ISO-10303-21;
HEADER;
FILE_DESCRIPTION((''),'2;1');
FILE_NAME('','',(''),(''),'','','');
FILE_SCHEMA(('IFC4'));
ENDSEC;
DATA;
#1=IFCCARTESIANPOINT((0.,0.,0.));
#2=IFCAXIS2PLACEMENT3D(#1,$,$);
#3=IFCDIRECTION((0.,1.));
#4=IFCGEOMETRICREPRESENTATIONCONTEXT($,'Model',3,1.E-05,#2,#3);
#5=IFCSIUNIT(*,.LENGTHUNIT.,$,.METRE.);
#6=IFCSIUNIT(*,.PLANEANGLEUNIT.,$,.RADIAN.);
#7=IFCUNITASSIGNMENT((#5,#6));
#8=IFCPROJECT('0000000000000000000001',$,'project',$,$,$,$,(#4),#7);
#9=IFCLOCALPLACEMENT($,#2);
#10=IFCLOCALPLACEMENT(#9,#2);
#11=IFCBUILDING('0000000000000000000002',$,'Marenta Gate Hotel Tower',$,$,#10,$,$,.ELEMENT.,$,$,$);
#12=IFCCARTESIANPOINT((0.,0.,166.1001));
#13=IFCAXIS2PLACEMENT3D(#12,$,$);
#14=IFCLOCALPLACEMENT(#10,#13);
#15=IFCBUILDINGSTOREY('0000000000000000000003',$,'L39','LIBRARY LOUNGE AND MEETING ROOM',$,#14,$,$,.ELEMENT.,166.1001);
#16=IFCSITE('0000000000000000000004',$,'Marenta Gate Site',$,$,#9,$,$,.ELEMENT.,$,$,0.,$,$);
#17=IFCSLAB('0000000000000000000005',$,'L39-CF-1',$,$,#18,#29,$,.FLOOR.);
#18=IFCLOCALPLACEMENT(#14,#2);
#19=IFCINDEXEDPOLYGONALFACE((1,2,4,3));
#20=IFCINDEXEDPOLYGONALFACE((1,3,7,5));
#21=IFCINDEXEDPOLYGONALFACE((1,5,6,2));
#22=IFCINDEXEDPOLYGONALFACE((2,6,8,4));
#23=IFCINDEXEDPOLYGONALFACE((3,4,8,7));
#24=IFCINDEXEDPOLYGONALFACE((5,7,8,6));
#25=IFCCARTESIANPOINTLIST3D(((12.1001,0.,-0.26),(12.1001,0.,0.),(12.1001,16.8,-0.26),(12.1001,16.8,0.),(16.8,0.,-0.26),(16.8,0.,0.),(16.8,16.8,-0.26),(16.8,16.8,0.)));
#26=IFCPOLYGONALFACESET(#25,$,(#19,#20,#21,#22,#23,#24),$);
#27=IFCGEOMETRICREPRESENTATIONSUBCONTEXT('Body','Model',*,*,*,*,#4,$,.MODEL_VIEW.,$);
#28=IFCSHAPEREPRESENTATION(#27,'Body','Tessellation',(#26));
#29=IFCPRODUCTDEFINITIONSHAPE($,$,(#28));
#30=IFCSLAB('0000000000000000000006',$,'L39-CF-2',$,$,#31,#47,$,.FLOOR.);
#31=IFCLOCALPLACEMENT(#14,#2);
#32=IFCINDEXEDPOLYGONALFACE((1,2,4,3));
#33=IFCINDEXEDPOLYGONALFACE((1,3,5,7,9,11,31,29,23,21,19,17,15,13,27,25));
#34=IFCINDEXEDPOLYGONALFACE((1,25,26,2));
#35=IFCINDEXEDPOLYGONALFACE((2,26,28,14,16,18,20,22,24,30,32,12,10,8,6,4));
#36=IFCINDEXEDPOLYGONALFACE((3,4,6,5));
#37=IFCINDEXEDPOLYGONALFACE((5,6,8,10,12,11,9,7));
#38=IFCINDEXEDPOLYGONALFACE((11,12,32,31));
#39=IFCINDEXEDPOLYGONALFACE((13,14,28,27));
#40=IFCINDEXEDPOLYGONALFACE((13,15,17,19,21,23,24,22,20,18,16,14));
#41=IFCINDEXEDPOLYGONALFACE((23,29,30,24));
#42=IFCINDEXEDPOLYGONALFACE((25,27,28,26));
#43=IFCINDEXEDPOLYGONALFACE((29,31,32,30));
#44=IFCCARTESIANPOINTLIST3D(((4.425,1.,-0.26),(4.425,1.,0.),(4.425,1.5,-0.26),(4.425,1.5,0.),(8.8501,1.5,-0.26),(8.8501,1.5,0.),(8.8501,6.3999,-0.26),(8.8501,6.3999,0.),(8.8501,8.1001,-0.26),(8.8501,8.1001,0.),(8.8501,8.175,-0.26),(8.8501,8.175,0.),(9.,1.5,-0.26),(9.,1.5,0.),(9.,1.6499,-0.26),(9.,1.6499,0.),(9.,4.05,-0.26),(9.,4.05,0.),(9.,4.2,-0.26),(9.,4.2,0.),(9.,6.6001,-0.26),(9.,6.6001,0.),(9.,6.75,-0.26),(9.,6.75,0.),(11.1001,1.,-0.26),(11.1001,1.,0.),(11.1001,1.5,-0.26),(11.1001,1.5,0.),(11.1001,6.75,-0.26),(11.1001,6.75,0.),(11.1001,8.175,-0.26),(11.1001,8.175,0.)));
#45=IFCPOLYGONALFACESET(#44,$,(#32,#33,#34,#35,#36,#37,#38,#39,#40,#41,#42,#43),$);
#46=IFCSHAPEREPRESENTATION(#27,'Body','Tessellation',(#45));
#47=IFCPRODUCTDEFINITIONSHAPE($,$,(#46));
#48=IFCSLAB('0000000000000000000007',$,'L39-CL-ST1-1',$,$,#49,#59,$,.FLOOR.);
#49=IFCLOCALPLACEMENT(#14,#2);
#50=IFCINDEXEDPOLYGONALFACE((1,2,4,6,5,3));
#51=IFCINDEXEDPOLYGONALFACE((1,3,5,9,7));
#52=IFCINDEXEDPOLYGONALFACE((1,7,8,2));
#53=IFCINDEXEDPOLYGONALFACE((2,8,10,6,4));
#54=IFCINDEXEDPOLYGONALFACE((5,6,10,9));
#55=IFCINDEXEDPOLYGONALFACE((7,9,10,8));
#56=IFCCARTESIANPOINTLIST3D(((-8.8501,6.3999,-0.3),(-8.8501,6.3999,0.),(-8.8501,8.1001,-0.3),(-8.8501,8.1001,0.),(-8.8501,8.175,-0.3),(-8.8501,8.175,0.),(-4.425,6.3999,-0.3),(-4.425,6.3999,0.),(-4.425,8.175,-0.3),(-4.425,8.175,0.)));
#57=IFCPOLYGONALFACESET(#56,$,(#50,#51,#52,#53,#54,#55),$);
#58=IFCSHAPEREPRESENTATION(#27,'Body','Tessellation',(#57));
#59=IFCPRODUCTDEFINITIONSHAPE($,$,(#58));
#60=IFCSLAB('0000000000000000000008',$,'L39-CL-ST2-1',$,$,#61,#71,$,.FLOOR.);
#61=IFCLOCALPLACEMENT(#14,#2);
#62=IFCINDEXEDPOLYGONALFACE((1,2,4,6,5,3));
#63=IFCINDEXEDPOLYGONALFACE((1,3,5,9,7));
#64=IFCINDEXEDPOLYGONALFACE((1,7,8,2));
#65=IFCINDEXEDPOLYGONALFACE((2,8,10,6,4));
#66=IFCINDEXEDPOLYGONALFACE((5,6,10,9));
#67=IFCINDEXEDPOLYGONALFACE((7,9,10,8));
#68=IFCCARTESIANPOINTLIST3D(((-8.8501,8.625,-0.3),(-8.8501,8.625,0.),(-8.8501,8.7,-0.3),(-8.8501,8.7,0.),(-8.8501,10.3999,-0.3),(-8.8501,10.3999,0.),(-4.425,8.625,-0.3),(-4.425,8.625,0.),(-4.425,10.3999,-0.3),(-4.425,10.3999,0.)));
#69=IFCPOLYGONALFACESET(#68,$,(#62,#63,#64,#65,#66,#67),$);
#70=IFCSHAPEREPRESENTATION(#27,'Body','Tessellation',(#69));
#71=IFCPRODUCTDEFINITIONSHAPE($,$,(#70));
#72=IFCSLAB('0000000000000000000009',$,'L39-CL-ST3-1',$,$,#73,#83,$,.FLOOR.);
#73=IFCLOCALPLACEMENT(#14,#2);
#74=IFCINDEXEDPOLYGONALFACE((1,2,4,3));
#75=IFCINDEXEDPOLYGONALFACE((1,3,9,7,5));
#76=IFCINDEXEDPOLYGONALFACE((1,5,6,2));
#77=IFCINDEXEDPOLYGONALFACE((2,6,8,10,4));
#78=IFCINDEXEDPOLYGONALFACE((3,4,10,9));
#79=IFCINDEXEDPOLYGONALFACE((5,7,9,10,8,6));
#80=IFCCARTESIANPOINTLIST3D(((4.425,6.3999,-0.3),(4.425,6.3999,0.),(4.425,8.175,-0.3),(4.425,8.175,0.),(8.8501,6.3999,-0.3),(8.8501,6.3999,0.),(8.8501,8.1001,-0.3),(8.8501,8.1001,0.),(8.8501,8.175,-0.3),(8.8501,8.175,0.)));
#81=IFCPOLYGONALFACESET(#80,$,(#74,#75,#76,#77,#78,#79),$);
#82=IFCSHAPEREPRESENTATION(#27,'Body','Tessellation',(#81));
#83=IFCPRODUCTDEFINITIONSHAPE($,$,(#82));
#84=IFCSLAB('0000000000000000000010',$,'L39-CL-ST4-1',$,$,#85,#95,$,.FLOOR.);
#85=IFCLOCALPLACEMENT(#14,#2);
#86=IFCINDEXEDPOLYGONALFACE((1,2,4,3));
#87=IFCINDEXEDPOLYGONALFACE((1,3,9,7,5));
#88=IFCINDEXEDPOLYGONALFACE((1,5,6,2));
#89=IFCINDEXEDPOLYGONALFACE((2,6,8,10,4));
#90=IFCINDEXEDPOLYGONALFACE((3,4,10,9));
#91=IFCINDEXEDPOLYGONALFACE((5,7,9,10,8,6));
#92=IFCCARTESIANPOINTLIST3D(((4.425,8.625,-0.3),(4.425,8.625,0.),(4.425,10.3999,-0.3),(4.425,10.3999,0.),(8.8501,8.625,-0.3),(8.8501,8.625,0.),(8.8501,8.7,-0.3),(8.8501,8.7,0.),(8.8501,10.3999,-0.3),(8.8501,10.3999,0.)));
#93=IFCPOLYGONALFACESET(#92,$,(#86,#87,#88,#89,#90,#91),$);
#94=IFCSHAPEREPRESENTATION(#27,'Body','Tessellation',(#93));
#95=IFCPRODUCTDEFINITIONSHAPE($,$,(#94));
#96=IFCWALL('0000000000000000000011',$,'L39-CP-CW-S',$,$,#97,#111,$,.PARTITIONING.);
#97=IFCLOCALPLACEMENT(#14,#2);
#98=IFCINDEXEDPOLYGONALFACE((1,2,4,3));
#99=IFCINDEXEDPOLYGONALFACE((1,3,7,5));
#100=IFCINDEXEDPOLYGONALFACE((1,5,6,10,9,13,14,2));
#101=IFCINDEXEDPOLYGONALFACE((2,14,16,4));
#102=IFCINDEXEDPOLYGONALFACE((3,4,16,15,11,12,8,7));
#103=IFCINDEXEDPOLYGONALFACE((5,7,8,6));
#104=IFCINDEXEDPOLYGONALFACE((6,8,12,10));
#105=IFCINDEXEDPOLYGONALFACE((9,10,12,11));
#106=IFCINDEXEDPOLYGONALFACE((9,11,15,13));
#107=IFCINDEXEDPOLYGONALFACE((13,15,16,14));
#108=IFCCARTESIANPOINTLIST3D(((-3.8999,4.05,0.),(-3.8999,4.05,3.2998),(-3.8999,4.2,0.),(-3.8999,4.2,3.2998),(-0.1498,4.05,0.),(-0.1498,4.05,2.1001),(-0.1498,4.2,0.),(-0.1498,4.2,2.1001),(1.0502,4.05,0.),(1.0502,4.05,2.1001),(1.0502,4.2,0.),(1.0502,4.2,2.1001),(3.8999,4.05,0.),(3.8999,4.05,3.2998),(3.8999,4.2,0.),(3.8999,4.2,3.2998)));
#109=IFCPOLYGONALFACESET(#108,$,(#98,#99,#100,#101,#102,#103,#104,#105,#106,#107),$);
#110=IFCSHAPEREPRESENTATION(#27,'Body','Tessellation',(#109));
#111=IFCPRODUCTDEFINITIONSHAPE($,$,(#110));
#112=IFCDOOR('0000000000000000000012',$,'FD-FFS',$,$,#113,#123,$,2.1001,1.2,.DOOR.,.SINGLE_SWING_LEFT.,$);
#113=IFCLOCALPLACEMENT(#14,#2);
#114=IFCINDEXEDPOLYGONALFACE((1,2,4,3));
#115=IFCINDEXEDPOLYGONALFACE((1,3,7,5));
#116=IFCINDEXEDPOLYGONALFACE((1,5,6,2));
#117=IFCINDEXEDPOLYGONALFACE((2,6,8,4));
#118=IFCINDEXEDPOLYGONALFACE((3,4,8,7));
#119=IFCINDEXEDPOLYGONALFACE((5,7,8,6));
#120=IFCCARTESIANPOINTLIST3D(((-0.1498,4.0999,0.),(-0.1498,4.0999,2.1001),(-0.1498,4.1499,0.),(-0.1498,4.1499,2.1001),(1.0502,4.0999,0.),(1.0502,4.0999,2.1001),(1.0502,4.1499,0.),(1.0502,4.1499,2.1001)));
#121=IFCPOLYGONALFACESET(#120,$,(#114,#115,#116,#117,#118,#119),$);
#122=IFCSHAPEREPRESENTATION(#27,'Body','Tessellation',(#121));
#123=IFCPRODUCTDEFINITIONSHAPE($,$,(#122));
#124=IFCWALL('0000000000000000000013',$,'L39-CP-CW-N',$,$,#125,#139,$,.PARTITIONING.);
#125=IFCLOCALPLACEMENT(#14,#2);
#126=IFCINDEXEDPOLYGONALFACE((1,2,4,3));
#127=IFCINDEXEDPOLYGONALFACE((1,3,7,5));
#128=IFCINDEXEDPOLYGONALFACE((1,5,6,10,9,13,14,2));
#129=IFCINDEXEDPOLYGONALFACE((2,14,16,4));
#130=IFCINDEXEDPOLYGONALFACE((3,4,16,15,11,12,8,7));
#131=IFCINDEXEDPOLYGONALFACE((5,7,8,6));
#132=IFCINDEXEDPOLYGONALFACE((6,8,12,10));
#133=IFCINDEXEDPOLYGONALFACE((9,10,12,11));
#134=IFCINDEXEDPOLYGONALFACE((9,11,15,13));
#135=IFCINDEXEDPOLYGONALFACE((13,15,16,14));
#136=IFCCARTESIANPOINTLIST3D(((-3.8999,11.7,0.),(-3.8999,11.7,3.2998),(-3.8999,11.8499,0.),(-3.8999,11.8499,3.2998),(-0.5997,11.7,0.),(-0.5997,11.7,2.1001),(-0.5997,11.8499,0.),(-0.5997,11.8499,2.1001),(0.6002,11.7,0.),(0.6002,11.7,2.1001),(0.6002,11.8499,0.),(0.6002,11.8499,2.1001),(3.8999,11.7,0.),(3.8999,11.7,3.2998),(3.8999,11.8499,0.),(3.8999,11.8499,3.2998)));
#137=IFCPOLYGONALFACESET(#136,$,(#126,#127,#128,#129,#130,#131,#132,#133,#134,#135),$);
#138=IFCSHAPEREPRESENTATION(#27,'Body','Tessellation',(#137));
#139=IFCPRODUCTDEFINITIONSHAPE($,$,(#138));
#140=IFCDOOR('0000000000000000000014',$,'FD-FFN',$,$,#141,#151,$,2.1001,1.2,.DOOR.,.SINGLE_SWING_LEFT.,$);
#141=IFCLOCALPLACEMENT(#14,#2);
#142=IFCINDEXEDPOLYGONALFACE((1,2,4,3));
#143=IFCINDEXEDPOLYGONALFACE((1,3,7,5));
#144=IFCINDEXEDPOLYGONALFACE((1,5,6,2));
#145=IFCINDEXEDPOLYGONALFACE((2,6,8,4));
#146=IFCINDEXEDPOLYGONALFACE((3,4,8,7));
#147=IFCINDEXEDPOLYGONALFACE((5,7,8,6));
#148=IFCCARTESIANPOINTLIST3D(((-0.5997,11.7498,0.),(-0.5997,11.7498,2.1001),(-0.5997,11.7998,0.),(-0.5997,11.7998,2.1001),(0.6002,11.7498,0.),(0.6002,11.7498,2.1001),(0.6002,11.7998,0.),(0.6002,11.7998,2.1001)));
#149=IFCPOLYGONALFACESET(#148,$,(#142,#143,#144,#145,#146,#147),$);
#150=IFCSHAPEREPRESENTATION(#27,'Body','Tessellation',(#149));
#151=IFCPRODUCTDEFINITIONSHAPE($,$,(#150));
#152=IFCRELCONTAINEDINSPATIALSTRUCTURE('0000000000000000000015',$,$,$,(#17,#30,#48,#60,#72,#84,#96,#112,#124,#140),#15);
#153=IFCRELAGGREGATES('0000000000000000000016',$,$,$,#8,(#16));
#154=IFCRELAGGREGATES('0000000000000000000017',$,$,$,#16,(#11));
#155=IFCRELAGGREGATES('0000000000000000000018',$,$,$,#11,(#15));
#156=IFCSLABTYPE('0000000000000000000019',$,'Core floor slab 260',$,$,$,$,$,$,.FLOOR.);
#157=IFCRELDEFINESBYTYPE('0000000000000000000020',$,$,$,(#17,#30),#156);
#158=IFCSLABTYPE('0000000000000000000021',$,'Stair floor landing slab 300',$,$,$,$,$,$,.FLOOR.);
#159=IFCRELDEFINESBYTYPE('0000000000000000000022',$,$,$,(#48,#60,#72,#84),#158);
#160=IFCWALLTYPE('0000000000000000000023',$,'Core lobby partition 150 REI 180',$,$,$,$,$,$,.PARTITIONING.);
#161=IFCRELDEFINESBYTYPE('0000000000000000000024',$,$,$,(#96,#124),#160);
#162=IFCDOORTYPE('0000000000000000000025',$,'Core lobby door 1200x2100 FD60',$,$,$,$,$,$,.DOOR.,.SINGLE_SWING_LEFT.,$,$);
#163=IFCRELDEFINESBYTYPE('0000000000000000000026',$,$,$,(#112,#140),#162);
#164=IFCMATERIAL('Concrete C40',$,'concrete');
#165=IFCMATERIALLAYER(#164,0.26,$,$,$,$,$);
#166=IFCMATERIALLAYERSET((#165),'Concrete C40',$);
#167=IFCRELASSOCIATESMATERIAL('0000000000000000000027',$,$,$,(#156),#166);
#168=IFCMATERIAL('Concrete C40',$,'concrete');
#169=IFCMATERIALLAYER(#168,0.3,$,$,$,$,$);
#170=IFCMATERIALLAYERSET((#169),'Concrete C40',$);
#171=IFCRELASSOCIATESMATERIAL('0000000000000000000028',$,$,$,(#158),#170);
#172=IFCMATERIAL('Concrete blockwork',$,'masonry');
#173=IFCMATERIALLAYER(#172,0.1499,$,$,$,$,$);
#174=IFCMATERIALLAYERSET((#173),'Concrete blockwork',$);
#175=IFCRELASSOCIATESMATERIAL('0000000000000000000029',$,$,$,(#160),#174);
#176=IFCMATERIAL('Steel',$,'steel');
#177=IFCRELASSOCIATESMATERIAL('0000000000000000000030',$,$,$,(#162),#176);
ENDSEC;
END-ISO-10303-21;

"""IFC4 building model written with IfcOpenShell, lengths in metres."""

from ifc_helpers import new_model, si_unit, direction, frame, frame_2d, origin, place, context, subcontext, project, spatial, polyline, rectangle, outline, extrude, material, layer, layer_set, type_object, element, fill, save


model = new_model("IFC4")

# Units and contexts
model_context = context("Model", 3, precision=1e-05, world=origin(), true_north=direction((0.0, 1.0)))
body_context = subcontext(model_context, "Body", "Model", "MODEL_VIEW")
ifc_project = project(units=[si_unit("LENGTHUNIT", "METRE"), si_unit("PLANEANGLEUNIT", "RADIAN")], contexts=[model_context])

# Site, building, storey
site_placement = place(None, origin())
site = spatial("IfcSite", under=ifc_project, at=site_placement, Name="Marenta Gate Site", CompositionType="ELEMENT", RefElevation=0.0)
building_placement = place(site_placement, origin())
building = spatial("IfcBuilding", under=site, at=building_placement, Name="Marenta Gate Hotel Tower", CompositionType="ELEMENT")
storey_placement = place(building_placement, frame((0.0, 0.0, 166.1001)))
storey = spatial("IfcBuildingStorey", under=building, at=storey_placement, Name="L39", Description="LIBRARY LOUNGE AND MEETING ROOM", CompositionType="ELEMENT", Elevation=166.1001)

# Slabs
ifc_material_1 = material(Name="Concrete C40", Category="concrete")
ifc_layer_1 = layer(ifc_material_1, 0.26)
ifc_layer_set_1 = layer_set([ifc_layer_1], Name="Concrete C40")
slab_type_1 = type_object("IfcSlabType", Name="Core floor slab 260", PredefinedType="FLOOR", material=ifc_layer_set_1)
slab_1_placement = place(storey_placement, frame((0.0, 0.0, -0.26)))
element("IfcSlab", 1, at=slab_1_placement, inside=storey, type_object=slab_type_1, Name="L39-CF-1", PredefinedType="FLOOR", context=body_context, shape_type="SweptSolid", body=[
    extrude(outline(polyline([(12.1001, 0.0), (12.1001, 16.8), (16.8, 16.8), (16.8, 0.0), (12.1001, 0.0)])), origin(), (0.0, 0.0, 1.0), 0.26),
])
slab_2_placement = place(storey_placement, frame((0.0, 0.0, -0.26)))
element("IfcSlab", 2, at=slab_2_placement, inside=storey, type_object=slab_type_1, Name="L39-CF-2", PredefinedType="FLOOR", context=body_context, shape_type="SweptSolid", body=[
    extrude(outline(polyline([(8.8501, 1.5), (8.8501, 6.3999), (8.8501, 8.1001), (8.8501, 8.175), (11.1001, 8.175), (11.1001, 6.75), (9.0, 6.75), (9.0, 6.6001), (9.0, 4.2), (9.0, 4.05), (9.0, 1.6499), (9.0, 1.5), (11.1001, 1.5), (11.1001, 1.0), (4.425, 1.0), (4.425, 1.5), (8.8501, 1.5)])), origin(), (0.0, 0.0, 1.0), 0.26),
])
ifc_material_2 = material(Name="Concrete C40", Category="concrete")
ifc_layer_2 = layer(ifc_material_2, 0.3)
ifc_layer_set_2 = layer_set([ifc_layer_2], Name="Concrete C40")
slab_type_2 = type_object("IfcSlabType", Name="Stair floor landing slab 300", PredefinedType="FLOOR", material=ifc_layer_set_2)
slab_3_placement = place(storey_placement, frame((0.0, 0.0, -0.3)))
element("IfcSlab", 3, at=slab_3_placement, inside=storey, type_object=slab_type_2, Name="L39-CL-ST1-1", PredefinedType="FLOOR", context=body_context, shape_type="SweptSolid", body=[
    extrude(outline(polyline([(-4.425, 6.3999), (-8.8501, 6.3999), (-8.8501, 8.1001), (-8.8501, 8.175), (-4.425, 8.175), (-4.425, 6.3999)])), origin(), (0.0, 0.0, 1.0), 0.3),
])
slab_4_placement = place(storey_placement, frame((0.0, 0.0, -0.3)))
element("IfcSlab", 4, at=slab_4_placement, inside=storey, type_object=slab_type_2, Name="L39-CL-ST2-1", PredefinedType="FLOOR", context=body_context, shape_type="SweptSolid", body=[
    extrude(outline(polyline([(-4.425, 8.625), (-8.8501, 8.625), (-8.8501, 8.7), (-8.8501, 10.3999), (-4.425, 10.3999), (-4.425, 8.625)])), origin(), (0.0, 0.0, 1.0), 0.3),
])
slab_5_placement = place(storey_placement, frame((0.0, 0.0, -0.3)))
element("IfcSlab", 5, at=slab_5_placement, inside=storey, type_object=slab_type_2, Name="L39-CL-ST3-1", PredefinedType="FLOOR", context=body_context, shape_type="SweptSolid", body=[
    extrude(outline(polyline([(4.425, 6.3999), (4.425, 8.175), (8.8501, 8.175), (8.8501, 8.1001), (8.8501, 6.3999), (4.425, 6.3999)])), origin(), (0.0, 0.0, 1.0), 0.3),
])
slab_6_placement = place(storey_placement, frame((0.0, 0.0, -0.3)))
element("IfcSlab", 6, at=slab_6_placement, inside=storey, type_object=slab_type_2, Name="L39-CL-ST4-1", PredefinedType="FLOOR", context=body_context, shape_type="SweptSolid", body=[
    extrude(outline(polyline([(4.425, 8.625), (4.425, 10.3999), (8.8501, 10.3999), (8.8501, 8.7), (8.8501, 8.625), (4.425, 8.625)])), origin(), (0.0, 0.0, 1.0), 0.3),
])

# Walls, openings, doors
ifc_material_3 = material(Name="Concrete blockwork", Category="masonry")
ifc_layer_3 = layer(ifc_material_3, 0.1499)
ifc_layer_set_3 = layer_set([ifc_layer_3], Name="Concrete blockwork")
wall_type_1 = type_object("IfcWallType", Name="Core lobby partition 150 REI 180", PredefinedType="PARTITIONING", material=ifc_layer_set_3)
wall_1_placement = place(storey_placement, frame((-3.8999, 4.125, 0.0), z_axis=(0.0, 0.0, 1.0), x_axis=(1.0, 0.0, 0.0)))
wall_1 = element("IfcWall", 7, at=wall_1_placement, inside=storey, type_object=wall_type_1, Name="L39-CP-CW-S", PredefinedType="PARTITIONING", context=body_context, shape_type="SweptSolid", body=[
    extrude(rectangle(XDim=7.7998, YDim=0.1499, at=frame_2d((3.8999, 0.0))), origin(), (0.0, 0.0, 1.0), 3.2998),
])
opening_1_placement = place(wall_1_placement, frame((3.75, 0.0, 0.0)))
opening_1 = element("IfcOpeningElement", 8, at=opening_1_placement, cuts=wall_1, PredefinedType="OPENING", context=body_context, shape_type="SweptSolid", body=[
    extrude(rectangle(XDim=1.2, YDim=2.1001, at=frame_2d((0.6001, 1.05))), frame((0.0, 0.075, 0.0), z_axis=(0.0, -1.0, 0.0), x_axis=(1.0, 0.0, 0.0)), (0.0, 0.0, 1.0), 0.1499),
])
ifc_material_4 = material(Name="Steel", Category="steel")
door_type_1 = type_object("IfcDoorType", Name="Core lobby door 1200x2100 FD60", OperationType="SINGLE_SWING_LEFT", PredefinedType="DOOR", material=ifc_material_4)
door_1_placement = place(opening_1_placement, origin())
door_1 = element("IfcDoor", 9, at=door_1_placement, inside=storey, type_object=door_type_1, Name="FD-FFS", OperationType="SINGLE_SWING_LEFT", OverallHeight=2.1001, OverallWidth=1.2, PredefinedType="DOOR", context=body_context, shape_type="SweptSolid", body=[
    extrude(rectangle(XDim=1.2, YDim=2.1001, at=frame_2d((0.6001, 1.05))), frame((0.0, 0.0249, 0.0), z_axis=(0.0, -1.0, 0.0), x_axis=(1.0, 0.0, 0.0)), (0.0, 0.0, 1.0), 0.05),
])
fill(opening_1, door_1)
wall_2_placement = place(storey_placement, frame((-3.8999, 11.7749, 0.0), z_axis=(0.0, 0.0, 1.0), x_axis=(1.0, 0.0, 0.0)))
wall_2 = element("IfcWall", 10, at=wall_2_placement, inside=storey, type_object=wall_type_1, Name="L39-CP-CW-N", PredefinedType="PARTITIONING", context=body_context, shape_type="SweptSolid", body=[
    extrude(rectangle(XDim=7.7998, YDim=0.1499, at=frame_2d((3.8999, 0.0))), origin(), (0.0, 0.0, 1.0), 3.2998),
])
opening_2_placement = place(wall_2_placement, frame((3.3, 0.0, 0.0)))
opening_2 = element("IfcOpeningElement", 11, at=opening_2_placement, cuts=wall_2, PredefinedType="OPENING", context=body_context, shape_type="SweptSolid", body=[
    extrude(rectangle(XDim=1.2, YDim=2.1001, at=frame_2d((0.6001, 1.05))), frame((0.0, 0.075, 0.0), z_axis=(0.0, -1.0, 0.0), x_axis=(1.0, 0.0, 0.0)), (0.0, 0.0, 1.0), 0.1499),
])
door_2_placement = place(opening_2_placement, origin())
door_2 = element("IfcDoor", 12, at=door_2_placement, inside=storey, type_object=door_type_1, Name="FD-FFN", OperationType="SINGLE_SWING_LEFT", OverallHeight=2.1001, OverallWidth=1.2, PredefinedType="DOOR", context=body_context, shape_type="SweptSolid", body=[
    extrude(rectangle(XDim=1.2, YDim=2.1001, at=frame_2d((0.6001, 1.05))), frame((0.0, 0.0249, 0.0), z_axis=(0.0, -1.0, 0.0), x_axis=(1.0, 0.0, 0.0)), (0.0, 0.0, 1.0), 0.05),
])
fill(opening_2, door_2)

save(model, "model.ifc")
